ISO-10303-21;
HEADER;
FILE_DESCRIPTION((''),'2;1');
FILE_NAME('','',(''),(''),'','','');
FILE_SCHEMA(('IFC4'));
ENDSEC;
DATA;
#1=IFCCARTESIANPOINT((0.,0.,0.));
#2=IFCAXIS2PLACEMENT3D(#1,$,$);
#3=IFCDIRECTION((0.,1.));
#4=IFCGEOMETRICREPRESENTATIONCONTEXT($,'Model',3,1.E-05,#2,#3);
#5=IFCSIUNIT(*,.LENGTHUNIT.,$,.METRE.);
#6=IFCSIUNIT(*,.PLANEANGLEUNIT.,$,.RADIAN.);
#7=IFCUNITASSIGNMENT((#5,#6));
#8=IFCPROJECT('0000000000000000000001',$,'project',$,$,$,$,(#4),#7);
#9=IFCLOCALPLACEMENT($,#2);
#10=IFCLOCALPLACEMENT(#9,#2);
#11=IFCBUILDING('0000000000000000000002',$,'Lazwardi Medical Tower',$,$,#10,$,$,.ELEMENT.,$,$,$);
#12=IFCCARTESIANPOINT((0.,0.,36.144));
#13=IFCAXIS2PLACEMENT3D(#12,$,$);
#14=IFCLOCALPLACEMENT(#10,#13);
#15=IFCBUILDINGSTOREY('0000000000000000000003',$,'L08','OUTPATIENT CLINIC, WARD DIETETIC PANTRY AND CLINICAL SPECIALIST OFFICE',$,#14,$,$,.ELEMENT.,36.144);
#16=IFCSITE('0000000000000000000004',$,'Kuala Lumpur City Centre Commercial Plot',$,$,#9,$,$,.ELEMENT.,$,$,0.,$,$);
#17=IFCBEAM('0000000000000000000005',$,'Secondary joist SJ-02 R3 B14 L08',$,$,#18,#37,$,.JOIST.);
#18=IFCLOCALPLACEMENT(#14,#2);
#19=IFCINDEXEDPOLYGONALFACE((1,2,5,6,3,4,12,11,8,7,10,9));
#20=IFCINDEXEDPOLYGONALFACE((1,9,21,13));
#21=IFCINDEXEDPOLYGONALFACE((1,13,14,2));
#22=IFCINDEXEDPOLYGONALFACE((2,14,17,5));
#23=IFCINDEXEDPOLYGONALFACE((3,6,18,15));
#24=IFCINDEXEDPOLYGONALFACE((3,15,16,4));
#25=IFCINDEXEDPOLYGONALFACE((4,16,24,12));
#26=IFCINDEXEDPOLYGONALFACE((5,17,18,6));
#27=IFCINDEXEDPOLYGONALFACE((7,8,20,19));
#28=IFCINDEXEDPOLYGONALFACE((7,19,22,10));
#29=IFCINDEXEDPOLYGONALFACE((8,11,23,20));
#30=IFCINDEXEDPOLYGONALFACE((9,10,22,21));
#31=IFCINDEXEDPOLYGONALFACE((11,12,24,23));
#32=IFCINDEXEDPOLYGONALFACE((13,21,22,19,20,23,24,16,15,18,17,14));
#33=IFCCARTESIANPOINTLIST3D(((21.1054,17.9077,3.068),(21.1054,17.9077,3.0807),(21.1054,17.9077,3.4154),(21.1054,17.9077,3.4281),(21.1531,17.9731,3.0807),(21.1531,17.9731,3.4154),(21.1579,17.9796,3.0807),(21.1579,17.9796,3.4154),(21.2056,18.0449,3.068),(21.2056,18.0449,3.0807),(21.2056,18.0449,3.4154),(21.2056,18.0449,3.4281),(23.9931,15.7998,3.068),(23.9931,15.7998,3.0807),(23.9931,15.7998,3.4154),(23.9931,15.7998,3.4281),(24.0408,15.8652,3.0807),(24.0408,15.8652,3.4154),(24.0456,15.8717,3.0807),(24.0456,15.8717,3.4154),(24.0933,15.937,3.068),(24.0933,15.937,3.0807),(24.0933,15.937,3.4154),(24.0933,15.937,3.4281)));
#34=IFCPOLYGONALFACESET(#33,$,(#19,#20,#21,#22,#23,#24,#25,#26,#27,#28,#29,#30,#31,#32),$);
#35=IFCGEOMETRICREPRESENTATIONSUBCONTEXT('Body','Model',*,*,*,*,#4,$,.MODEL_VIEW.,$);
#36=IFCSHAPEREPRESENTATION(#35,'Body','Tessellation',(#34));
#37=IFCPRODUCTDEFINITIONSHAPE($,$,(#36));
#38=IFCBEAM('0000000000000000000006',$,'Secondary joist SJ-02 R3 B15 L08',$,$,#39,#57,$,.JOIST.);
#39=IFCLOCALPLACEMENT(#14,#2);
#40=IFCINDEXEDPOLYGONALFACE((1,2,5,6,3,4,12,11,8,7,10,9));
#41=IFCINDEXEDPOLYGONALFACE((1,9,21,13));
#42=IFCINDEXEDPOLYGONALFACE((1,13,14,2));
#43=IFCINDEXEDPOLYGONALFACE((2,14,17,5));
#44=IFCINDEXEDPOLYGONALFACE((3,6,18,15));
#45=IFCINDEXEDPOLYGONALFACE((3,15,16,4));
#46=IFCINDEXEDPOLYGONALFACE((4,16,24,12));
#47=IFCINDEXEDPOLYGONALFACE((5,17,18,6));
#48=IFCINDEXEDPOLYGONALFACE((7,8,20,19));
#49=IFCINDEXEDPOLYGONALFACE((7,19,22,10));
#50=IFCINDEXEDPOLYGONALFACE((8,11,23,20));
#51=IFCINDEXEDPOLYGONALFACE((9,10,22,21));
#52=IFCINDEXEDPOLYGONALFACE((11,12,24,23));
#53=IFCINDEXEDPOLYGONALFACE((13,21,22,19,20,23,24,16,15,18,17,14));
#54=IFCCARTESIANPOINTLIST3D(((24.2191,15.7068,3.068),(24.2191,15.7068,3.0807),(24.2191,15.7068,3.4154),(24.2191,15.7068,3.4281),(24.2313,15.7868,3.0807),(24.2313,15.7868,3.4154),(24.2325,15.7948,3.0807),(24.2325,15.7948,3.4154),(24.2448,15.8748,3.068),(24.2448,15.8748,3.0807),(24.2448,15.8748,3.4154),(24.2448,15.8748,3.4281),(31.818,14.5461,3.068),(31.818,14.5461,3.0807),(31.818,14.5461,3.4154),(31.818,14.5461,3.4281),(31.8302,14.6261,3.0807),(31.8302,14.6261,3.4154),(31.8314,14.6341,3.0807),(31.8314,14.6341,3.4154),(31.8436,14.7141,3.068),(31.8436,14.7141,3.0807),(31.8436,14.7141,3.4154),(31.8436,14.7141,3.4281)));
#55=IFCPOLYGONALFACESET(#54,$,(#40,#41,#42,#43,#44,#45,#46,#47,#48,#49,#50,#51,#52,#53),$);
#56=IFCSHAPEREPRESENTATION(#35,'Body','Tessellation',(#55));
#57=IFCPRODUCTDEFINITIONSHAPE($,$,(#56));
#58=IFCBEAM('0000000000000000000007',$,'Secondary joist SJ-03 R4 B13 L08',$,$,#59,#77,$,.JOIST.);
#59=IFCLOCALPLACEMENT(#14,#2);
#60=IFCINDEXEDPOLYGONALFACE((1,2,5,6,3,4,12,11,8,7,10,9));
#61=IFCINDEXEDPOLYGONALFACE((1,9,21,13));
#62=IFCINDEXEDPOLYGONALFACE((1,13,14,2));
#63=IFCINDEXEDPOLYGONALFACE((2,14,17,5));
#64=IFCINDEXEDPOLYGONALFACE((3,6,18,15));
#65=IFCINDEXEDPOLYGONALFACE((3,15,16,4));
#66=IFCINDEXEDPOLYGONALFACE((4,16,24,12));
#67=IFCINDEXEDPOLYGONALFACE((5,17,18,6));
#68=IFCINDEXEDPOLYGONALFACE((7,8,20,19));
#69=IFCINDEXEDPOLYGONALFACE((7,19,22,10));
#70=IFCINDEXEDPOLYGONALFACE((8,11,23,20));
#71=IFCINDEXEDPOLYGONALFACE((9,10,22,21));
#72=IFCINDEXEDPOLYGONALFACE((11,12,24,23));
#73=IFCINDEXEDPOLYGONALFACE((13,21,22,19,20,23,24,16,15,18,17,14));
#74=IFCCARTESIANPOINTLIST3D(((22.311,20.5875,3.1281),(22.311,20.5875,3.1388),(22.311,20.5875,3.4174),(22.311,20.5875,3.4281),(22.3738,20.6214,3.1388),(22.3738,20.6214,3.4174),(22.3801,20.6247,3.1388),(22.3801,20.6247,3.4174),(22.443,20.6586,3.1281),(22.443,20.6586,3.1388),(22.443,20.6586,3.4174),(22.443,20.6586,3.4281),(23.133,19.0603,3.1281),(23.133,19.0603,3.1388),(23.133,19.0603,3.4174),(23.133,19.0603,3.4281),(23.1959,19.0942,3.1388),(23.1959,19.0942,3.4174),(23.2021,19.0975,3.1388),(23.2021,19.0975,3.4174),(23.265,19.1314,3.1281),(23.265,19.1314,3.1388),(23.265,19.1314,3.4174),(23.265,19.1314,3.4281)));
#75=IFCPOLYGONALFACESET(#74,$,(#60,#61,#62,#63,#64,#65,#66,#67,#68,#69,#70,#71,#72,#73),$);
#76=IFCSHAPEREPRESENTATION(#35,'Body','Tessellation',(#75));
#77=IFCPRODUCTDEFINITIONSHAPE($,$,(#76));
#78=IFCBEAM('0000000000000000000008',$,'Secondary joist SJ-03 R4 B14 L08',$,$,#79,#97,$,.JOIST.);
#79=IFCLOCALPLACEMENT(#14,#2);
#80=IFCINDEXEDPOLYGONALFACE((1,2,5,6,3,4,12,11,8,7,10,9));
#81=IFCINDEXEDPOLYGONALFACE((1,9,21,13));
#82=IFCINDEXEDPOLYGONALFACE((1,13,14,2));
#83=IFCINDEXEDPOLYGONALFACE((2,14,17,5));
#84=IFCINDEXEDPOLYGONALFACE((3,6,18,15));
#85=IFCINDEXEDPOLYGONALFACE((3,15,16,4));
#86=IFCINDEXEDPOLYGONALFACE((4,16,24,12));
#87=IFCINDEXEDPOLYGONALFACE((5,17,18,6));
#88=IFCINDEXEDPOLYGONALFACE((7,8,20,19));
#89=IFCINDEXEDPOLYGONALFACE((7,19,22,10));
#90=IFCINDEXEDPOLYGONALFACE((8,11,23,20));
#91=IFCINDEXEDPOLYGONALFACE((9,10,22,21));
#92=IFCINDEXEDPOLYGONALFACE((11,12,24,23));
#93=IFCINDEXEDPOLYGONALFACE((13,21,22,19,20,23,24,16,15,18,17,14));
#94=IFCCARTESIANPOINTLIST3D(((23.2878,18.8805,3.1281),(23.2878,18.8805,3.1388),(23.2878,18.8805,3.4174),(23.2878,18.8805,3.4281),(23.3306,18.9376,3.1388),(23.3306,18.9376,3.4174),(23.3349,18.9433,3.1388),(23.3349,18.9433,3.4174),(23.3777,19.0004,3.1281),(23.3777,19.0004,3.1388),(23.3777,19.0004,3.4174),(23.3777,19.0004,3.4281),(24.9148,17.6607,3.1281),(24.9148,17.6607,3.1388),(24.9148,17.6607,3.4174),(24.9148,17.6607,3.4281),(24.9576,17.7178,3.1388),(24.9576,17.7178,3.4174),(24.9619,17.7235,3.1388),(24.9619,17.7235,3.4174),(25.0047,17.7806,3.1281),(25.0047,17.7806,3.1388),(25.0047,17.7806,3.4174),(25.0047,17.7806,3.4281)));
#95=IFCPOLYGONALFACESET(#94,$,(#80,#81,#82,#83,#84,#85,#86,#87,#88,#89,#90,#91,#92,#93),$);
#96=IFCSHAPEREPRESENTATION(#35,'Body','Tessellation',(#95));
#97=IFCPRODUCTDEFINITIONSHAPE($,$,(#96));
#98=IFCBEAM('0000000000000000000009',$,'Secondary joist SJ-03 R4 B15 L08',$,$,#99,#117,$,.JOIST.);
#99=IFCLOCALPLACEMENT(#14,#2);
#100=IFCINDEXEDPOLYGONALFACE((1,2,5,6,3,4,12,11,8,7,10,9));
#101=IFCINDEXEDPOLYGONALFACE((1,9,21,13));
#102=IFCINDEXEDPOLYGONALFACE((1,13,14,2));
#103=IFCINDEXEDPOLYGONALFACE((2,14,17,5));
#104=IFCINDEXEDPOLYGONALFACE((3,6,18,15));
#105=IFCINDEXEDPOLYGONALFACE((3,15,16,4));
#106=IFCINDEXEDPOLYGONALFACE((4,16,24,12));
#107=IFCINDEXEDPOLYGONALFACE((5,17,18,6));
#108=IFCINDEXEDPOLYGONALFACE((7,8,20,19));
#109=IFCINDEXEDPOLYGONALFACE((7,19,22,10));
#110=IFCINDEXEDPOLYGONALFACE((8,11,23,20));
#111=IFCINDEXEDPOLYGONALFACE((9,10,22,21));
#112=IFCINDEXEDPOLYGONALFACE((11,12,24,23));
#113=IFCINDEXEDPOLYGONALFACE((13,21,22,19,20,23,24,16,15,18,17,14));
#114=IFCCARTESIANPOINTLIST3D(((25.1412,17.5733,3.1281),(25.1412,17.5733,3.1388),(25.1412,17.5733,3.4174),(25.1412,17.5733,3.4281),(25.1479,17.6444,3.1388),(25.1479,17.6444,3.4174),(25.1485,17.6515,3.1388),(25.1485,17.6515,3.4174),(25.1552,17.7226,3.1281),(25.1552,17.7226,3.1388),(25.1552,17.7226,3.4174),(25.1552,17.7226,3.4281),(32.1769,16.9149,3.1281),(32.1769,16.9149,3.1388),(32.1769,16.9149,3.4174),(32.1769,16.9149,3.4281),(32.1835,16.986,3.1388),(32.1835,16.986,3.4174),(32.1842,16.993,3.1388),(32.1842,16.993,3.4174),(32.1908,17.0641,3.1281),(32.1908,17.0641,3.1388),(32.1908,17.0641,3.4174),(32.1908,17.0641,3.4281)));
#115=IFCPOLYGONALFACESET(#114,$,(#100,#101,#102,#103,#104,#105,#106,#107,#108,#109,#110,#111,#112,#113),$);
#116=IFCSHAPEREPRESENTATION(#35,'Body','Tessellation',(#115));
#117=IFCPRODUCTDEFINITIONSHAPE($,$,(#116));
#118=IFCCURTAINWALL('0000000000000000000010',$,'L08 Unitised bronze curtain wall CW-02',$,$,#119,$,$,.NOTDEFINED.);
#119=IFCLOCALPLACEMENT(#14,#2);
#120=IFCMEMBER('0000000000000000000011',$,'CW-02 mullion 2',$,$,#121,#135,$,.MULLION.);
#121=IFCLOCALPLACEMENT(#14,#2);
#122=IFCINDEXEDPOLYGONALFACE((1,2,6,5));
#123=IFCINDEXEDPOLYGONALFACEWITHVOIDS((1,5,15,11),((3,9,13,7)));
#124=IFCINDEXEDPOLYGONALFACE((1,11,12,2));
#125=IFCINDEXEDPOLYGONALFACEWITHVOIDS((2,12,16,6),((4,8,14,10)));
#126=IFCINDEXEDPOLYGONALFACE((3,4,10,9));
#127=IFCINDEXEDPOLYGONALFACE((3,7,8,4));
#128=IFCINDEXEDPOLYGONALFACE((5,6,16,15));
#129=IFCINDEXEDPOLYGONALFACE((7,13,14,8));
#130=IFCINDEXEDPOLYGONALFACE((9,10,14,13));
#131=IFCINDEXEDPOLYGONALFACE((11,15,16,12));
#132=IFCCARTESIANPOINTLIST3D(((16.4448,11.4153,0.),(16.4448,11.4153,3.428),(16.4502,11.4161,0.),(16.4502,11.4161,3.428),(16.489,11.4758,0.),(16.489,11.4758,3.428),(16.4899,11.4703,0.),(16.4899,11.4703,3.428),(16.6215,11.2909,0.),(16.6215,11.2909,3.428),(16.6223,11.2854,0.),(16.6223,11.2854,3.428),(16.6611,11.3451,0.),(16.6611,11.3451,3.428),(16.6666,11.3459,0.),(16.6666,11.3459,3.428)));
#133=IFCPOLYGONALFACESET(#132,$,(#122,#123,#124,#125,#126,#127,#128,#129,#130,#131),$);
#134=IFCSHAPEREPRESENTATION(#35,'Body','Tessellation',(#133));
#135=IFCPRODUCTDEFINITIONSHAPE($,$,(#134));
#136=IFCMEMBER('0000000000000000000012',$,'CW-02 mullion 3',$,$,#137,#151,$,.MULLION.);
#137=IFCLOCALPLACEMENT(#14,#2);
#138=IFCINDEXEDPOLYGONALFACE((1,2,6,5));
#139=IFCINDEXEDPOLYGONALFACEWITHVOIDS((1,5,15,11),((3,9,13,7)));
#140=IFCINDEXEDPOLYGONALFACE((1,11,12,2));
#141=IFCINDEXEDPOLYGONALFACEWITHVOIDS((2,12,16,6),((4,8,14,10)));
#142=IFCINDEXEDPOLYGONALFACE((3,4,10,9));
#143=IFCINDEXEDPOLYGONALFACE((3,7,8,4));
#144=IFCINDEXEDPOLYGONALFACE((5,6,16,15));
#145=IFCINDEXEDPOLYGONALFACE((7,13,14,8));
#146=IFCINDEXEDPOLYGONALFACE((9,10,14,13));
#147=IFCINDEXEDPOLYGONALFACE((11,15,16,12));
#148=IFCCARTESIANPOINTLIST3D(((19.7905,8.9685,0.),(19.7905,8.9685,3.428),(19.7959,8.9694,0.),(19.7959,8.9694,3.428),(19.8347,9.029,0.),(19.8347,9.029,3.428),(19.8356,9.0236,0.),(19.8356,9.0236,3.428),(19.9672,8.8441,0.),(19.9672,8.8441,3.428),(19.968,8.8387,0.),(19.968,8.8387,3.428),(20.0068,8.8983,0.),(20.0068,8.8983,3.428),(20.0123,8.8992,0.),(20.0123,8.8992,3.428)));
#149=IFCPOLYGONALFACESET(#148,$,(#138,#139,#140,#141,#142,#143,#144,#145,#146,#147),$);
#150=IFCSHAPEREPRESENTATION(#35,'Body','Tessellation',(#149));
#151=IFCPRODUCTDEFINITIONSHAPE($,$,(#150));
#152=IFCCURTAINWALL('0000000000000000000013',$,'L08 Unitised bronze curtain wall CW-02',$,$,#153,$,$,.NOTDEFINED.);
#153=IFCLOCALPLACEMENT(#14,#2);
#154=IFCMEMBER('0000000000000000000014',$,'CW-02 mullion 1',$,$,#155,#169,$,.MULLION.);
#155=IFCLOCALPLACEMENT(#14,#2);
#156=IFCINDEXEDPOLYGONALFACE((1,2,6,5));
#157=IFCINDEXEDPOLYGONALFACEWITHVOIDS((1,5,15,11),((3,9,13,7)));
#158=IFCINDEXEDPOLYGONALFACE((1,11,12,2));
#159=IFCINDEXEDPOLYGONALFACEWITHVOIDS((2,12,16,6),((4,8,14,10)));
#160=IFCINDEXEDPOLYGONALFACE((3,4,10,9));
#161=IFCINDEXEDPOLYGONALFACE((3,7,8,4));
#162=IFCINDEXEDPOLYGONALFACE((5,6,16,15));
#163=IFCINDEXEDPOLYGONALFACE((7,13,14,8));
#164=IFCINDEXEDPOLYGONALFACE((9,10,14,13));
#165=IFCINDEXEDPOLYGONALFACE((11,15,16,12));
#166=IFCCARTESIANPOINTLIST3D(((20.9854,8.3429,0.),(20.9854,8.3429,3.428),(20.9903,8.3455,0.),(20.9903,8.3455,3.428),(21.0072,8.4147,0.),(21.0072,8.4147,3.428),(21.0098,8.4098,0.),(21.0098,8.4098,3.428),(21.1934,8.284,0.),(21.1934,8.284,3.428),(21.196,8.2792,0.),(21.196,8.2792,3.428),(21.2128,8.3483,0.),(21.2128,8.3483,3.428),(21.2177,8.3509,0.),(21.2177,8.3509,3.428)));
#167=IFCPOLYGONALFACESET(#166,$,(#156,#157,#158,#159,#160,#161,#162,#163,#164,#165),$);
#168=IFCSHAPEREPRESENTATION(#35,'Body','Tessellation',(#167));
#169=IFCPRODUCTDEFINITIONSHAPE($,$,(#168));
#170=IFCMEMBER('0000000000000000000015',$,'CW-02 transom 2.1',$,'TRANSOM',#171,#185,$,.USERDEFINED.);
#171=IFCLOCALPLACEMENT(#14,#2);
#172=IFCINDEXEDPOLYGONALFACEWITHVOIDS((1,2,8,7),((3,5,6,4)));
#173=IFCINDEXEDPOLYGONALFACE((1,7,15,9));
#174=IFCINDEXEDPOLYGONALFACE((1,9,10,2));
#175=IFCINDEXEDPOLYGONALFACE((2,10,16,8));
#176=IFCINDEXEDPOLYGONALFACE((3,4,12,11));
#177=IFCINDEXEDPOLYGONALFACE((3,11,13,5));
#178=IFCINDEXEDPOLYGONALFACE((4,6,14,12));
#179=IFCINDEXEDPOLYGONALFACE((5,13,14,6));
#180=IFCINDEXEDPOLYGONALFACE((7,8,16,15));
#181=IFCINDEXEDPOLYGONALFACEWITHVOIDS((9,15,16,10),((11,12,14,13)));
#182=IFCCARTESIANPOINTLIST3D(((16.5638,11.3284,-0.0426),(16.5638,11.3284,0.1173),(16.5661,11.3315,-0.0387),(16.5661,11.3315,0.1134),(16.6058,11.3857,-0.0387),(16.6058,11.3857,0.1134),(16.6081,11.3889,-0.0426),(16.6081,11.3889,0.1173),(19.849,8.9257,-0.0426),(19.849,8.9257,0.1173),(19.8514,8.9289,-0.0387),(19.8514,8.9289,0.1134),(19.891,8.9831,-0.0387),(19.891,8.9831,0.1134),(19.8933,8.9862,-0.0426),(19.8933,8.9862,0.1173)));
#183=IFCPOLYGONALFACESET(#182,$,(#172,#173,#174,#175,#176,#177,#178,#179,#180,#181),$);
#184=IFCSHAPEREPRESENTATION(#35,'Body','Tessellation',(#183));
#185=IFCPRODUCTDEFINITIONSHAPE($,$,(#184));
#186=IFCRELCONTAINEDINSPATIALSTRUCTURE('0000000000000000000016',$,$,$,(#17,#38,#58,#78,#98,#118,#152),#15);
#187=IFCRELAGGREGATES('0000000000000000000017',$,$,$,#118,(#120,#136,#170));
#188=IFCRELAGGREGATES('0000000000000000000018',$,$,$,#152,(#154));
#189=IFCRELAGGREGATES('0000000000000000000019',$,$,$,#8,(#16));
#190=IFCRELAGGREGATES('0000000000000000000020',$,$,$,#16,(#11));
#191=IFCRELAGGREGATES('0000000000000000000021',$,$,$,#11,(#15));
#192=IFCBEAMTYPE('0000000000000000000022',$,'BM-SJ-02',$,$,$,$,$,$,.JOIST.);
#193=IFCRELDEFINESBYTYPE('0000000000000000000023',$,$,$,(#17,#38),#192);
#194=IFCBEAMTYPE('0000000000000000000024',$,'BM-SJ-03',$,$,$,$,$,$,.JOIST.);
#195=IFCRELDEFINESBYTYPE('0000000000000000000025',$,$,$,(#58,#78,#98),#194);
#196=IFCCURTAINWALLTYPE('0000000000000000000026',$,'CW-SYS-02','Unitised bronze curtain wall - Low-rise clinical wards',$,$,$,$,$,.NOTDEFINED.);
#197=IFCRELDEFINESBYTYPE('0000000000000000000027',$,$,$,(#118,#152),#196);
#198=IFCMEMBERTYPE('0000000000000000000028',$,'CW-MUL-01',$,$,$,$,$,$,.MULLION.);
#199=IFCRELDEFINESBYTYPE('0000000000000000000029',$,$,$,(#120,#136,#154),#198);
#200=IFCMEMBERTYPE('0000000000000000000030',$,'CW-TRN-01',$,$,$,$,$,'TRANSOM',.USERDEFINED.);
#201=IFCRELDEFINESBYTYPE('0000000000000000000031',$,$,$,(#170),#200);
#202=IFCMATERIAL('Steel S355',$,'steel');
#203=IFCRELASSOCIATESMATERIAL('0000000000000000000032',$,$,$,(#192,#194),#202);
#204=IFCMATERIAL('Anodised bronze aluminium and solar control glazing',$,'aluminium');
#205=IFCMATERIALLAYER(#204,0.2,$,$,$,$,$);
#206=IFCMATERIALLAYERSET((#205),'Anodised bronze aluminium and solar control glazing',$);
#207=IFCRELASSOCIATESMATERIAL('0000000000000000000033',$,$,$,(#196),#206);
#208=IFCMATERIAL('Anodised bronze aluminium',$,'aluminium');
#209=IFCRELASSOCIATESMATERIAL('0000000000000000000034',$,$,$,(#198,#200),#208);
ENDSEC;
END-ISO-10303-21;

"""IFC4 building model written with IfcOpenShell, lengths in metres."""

from ifc_helpers import new_model, si_unit, direction, frame, origin, origin_2d, place, context, subcontext, project, spatial, hollow_rectangle, i_section, extrude, material, layer, layer_set, material_profile, profile_set, type_object, element, aggregate, save


model = new_model("IFC4")

# Units and contexts
model_context = context("Model", 3, precision=1e-05, world=origin(), true_north=direction((0.0, 1.0)))
body_context = subcontext(model_context, "Body", "Model", "MODEL_VIEW")
ifc_project = project(units=[si_unit("LENGTHUNIT", "METRE"), si_unit("PLANEANGLEUNIT", "RADIAN")], contexts=[model_context])

# Site, building, storey
site_placement = place(None, origin())
site = spatial("IfcSite", under=ifc_project, at=site_placement, Name="Kuala Lumpur City Centre Commercial Plot", CompositionType="ELEMENT", RefElevation=0.0)
building_placement = place(site_placement, origin())
building = spatial("IfcBuilding", under=site, at=building_placement, Name="Lazwardi Medical Tower", CompositionType="ELEMENT")
storey_placement = place(building_placement, frame((0.0, 0.0, 36.144)))
storey = spatial("IfcBuildingStorey", under=building, at=storey_placement, Name="L08", Description="OUTPATIENT CLINIC, WARD DIETETIC PANTRY AND CLINICAL SPECIALIST OFFICE", CompositionType="ELEMENT", Elevation=36.144)

# Beams
ifc_material_1 = material(Name="Steel S355", Category="steel")
ifc_material_profile_1 = material_profile(ifc_material_1, i_section(OverallWidth=0.1699, OverallDepth=0.3601, WebThickness=0.0081, FlangeThickness=0.0127, at=origin_2d()), Name="IPE 360")
ifc_profile_set_1 = profile_set([ifc_material_profile_1], Name="Steel S355")
beam_type_1 = type_object("IfcBeamType", Name="BM-SJ-02", PredefinedType="JOIST", material=ifc_profile_set_1)
beam_1_placement = place(storey_placement, frame((21.1555, 17.9763, 3.248), z_axis=(0.807701, -0.589592, 0.0), x_axis=(0.589592, 0.807701, 0.0)))
element("IfcBeam", 1, at=beam_1_placement, inside=storey, type_object=beam_type_1, Name="Secondary joist SJ-02 R3 B14 L08", PredefinedType="JOIST", context=body_context, shape_type="SweptSolid", body=[
    extrude(i_section(OverallWidth=0.1699, OverallDepth=0.3601, WebThickness=0.0081, FlangeThickness=0.0127, at=origin_2d()), origin(), (0.0, 0.0, 1.0), 3.5752),
])
beam_2_placement = place(storey_placement, frame((24.2319, 15.7908, 3.248), z_axis=(0.988536, -0.150988, 0.0), x_axis=(0.150988, 0.988536, 0.0)))
element("IfcBeam", 2, at=beam_2_placement, inside=storey, type_object=beam_type_1, Name="Secondary joist SJ-02 R3 B15 L08", PredefinedType="JOIST", context=body_context, shape_type="SweptSolid", body=[
    extrude(i_section(OverallWidth=0.1699, OverallDepth=0.3601, WebThickness=0.0081, FlangeThickness=0.0127, at=origin_2d()), origin(), (0.0, 0.0, 1.0), 7.687),
])
ifc_material_profile_2 = material_profile(ifc_material_1, i_section(OverallWidth=0.1499, OverallDepth=0.3, WebThickness=0.0071, FlangeThickness=0.0107, at=origin_2d()), Name="IPE 300")
ifc_profile_set_2 = profile_set([ifc_material_profile_2], Name="Steel S355")
beam_type_2 = type_object("IfcBeamType", Name="BM-SJ-03", PredefinedType="JOIST", material=ifc_profile_set_2)
beam_3_placement = place(storey_placement, frame((22.377, 20.623, 3.2781), z_axis=(0.473982, -0.880534, 0.0), x_axis=(0.880534, 0.473982, 0.0)))
element("IfcBeam", 3, at=beam_3_placement, inside=storey, type_object=beam_type_2, Name="Secondary joist SJ-03 R4 B13 L08", PredefinedType="JOIST", context=body_context, shape_type="SweptSolid", body=[
    extrude(i_section(OverallWidth=0.1499, OverallDepth=0.3, WebThickness=0.0071, FlangeThickness=0.0107, at=origin_2d()), origin(), (0.0, 0.0, 1.0), 1.7344),
])
beam_4_placement = place(storey_placement, frame((23.3328, 18.9404, 3.2781), z_axis=(0.800115, -0.599846, 0.0), x_axis=(0.599846, 0.800115, 0.0)))
element("IfcBeam", 4, at=beam_4_placement, inside=storey, type_object=beam_type_2, Name="Secondary joist SJ-03 R4 B14 L08", PredefinedType="JOIST", context=body_context, shape_type="SweptSolid", body=[
    extrude(i_section(OverallWidth=0.1499, OverallDepth=0.3, WebThickness=0.0071, FlangeThickness=0.0107, at=origin_2d()), origin(), (0.0, 0.0, 1.0), 2.0334),
])
beam_5_placement = place(storey_placement, frame((25.1482, 17.6479, 3.2781), z_axis=(0.995649, -0.09318, 0.0), x_axis=(0.09318, 0.995649, 0.0)))
element("IfcBeam", 5, at=beam_5_placement, inside=storey, type_object=beam_type_2, Name="Secondary joist SJ-03 R4 B15 L08", PredefinedType="JOIST", context=body_context, shape_type="SweptSolid", body=[
    extrude(i_section(OverallWidth=0.1499, OverallDepth=0.3, WebThickness=0.0071, FlangeThickness=0.0107, at=origin_2d()), origin(), (0.0, 0.0, 1.0), 7.0664),
])

# Curtain wall, members
ifc_material_2 = material(Name="Anodised bronze aluminium and solar control glazing", Category="aluminium")
ifc_layer_1 = layer(ifc_material_2, 0.2)
ifc_layer_set_1 = layer_set([ifc_layer_1], Name="Anodised bronze aluminium and solar control glazing")
curtain_wall_type = type_object("IfcCurtainWallType", Name="CW-SYS-02", Description="Unitised bronze curtain wall - Low-rise clinical wards", PredefinedType="NOTDEFINED", material=ifc_layer_set_1)
curtain_wall_1_placement = place(storey_placement, origin())
curtain_wall_1 = element("IfcCurtainWall", 6, at=curtain_wall_1_placement, inside=storey, type_object=curtain_wall_type, Name="L08 Unitised bronze curtain wall CW-02", PredefinedType="NOTDEFINED")
ifc_material_3 = material(Name="Anodised bronze aluminium", Category="aluminium")
ifc_material_profile_3 = material_profile(ifc_material_3, hollow_rectangle(XDim=0.075, YDim=0.22, WallThickness=0.0039, at=origin_2d()), Name="ALU-MULLION 220x75x4")
ifc_profile_set_3 = profile_set([ifc_material_profile_3], Name="Anodised bronze aluminium")
member_type_1 = type_object("IfcMemberType", Name="CW-MUL-01", PredefinedType="MULLION", material=ifc_profile_set_3)
member_1_placement = place(storey_placement, frame((16.5557, 11.3806, 0.0), z_axis=(0.0, 0.0, 1.0), x_axis=(0.590289, 0.807192, 0.0)))
member_1 = element("IfcMember", 7, at=member_1_placement, type_object=member_type_1, Name="CW-02 mullion 2", PredefinedType="MULLION", context=body_context, shape_type="SweptSolid", body=[
    extrude(hollow_rectangle(XDim=0.075, YDim=0.22, WallThickness=0.0039, at=origin_2d()), origin(), (0.0, 0.0, 1.0), 3.428),
])
member_2_placement = place(storey_placement, frame((19.9014, 8.9338, 0.0), z_axis=(0.0, 0.0, 1.0), x_axis=(0.590289, 0.807192, 0.0)))
member_2 = element("IfcMember", 8, at=member_2_placement, type_object=member_type_1, Name="CW-02 mullion 3", PredefinedType="MULLION", context=body_context, shape_type="SweptSolid", body=[
    extrude(hollow_rectangle(XDim=0.075, YDim=0.22, WallThickness=0.0039, at=origin_2d()), origin(), (0.0, 0.0, 1.0), 3.428),
])

# Curtain wall, member
curtain_wall_2_placement = place(storey_placement, origin())
curtain_wall_2 = element("IfcCurtainWall", 9, at=curtain_wall_2_placement, inside=storey, type_object=curtain_wall_type, Name="L08 Unitised bronze curtain wall CW-02", PredefinedType="NOTDEFINED")
member_3_placement = place(storey_placement, frame((21.1016, 8.3469, 0.0), z_axis=(0.0, 0.0, 1.0), x_axis=(0.289896, 0.957058, 0.0)))
member_3 = element("IfcMember", 10, at=member_3_placement, type_object=member_type_1, Name="CW-02 mullion 1", PredefinedType="MULLION", context=body_context, shape_type="SweptSolid", body=[
    extrude(hollow_rectangle(XDim=0.075, YDim=0.22, WallThickness=0.0039, at=origin_2d()), origin(), (0.0, 0.0, 1.0), 3.428),
])

# Member
ifc_material_profile_4 = material_profile(ifc_material_3, hollow_rectangle(XDim=0.075, YDim=0.1599, WallThickness=0.0039, at=origin_2d()), Name="ALU-TRANSOM 160x75x4")
ifc_profile_set_4 = profile_set([ifc_material_profile_4], Name="Anodised bronze aluminium")
member_type_2 = type_object("IfcMemberType", Name="CW-TRN-01", ElementType="TRANSOM", PredefinedType="USERDEFINED", material=ifc_profile_set_4)
member_4_placement = place(storey_placement, frame((16.5859, 11.3586, 0.0374), z_axis=(0.807169, -0.59032, 0.0), x_axis=(0.59032, 0.807169, 0.0)))
member_4 = element("IfcMember", 11, at=member_4_placement, type_object=member_type_2, Name="CW-02 transom 2.1", ObjectType="TRANSOM", PredefinedType="USERDEFINED", context=body_context, shape_type="SweptSolid", body=[
    extrude(hollow_rectangle(XDim=0.075, YDim=0.1599, WallThickness=0.0039, at=origin_2d()), origin(), (0.0, 0.0, 1.0), 4.0701),
])

aggregate(curtain_wall_1, [member_1, member_2, member_4])
aggregate(curtain_wall_2, [member_3])

save(model, "model.ifc")
